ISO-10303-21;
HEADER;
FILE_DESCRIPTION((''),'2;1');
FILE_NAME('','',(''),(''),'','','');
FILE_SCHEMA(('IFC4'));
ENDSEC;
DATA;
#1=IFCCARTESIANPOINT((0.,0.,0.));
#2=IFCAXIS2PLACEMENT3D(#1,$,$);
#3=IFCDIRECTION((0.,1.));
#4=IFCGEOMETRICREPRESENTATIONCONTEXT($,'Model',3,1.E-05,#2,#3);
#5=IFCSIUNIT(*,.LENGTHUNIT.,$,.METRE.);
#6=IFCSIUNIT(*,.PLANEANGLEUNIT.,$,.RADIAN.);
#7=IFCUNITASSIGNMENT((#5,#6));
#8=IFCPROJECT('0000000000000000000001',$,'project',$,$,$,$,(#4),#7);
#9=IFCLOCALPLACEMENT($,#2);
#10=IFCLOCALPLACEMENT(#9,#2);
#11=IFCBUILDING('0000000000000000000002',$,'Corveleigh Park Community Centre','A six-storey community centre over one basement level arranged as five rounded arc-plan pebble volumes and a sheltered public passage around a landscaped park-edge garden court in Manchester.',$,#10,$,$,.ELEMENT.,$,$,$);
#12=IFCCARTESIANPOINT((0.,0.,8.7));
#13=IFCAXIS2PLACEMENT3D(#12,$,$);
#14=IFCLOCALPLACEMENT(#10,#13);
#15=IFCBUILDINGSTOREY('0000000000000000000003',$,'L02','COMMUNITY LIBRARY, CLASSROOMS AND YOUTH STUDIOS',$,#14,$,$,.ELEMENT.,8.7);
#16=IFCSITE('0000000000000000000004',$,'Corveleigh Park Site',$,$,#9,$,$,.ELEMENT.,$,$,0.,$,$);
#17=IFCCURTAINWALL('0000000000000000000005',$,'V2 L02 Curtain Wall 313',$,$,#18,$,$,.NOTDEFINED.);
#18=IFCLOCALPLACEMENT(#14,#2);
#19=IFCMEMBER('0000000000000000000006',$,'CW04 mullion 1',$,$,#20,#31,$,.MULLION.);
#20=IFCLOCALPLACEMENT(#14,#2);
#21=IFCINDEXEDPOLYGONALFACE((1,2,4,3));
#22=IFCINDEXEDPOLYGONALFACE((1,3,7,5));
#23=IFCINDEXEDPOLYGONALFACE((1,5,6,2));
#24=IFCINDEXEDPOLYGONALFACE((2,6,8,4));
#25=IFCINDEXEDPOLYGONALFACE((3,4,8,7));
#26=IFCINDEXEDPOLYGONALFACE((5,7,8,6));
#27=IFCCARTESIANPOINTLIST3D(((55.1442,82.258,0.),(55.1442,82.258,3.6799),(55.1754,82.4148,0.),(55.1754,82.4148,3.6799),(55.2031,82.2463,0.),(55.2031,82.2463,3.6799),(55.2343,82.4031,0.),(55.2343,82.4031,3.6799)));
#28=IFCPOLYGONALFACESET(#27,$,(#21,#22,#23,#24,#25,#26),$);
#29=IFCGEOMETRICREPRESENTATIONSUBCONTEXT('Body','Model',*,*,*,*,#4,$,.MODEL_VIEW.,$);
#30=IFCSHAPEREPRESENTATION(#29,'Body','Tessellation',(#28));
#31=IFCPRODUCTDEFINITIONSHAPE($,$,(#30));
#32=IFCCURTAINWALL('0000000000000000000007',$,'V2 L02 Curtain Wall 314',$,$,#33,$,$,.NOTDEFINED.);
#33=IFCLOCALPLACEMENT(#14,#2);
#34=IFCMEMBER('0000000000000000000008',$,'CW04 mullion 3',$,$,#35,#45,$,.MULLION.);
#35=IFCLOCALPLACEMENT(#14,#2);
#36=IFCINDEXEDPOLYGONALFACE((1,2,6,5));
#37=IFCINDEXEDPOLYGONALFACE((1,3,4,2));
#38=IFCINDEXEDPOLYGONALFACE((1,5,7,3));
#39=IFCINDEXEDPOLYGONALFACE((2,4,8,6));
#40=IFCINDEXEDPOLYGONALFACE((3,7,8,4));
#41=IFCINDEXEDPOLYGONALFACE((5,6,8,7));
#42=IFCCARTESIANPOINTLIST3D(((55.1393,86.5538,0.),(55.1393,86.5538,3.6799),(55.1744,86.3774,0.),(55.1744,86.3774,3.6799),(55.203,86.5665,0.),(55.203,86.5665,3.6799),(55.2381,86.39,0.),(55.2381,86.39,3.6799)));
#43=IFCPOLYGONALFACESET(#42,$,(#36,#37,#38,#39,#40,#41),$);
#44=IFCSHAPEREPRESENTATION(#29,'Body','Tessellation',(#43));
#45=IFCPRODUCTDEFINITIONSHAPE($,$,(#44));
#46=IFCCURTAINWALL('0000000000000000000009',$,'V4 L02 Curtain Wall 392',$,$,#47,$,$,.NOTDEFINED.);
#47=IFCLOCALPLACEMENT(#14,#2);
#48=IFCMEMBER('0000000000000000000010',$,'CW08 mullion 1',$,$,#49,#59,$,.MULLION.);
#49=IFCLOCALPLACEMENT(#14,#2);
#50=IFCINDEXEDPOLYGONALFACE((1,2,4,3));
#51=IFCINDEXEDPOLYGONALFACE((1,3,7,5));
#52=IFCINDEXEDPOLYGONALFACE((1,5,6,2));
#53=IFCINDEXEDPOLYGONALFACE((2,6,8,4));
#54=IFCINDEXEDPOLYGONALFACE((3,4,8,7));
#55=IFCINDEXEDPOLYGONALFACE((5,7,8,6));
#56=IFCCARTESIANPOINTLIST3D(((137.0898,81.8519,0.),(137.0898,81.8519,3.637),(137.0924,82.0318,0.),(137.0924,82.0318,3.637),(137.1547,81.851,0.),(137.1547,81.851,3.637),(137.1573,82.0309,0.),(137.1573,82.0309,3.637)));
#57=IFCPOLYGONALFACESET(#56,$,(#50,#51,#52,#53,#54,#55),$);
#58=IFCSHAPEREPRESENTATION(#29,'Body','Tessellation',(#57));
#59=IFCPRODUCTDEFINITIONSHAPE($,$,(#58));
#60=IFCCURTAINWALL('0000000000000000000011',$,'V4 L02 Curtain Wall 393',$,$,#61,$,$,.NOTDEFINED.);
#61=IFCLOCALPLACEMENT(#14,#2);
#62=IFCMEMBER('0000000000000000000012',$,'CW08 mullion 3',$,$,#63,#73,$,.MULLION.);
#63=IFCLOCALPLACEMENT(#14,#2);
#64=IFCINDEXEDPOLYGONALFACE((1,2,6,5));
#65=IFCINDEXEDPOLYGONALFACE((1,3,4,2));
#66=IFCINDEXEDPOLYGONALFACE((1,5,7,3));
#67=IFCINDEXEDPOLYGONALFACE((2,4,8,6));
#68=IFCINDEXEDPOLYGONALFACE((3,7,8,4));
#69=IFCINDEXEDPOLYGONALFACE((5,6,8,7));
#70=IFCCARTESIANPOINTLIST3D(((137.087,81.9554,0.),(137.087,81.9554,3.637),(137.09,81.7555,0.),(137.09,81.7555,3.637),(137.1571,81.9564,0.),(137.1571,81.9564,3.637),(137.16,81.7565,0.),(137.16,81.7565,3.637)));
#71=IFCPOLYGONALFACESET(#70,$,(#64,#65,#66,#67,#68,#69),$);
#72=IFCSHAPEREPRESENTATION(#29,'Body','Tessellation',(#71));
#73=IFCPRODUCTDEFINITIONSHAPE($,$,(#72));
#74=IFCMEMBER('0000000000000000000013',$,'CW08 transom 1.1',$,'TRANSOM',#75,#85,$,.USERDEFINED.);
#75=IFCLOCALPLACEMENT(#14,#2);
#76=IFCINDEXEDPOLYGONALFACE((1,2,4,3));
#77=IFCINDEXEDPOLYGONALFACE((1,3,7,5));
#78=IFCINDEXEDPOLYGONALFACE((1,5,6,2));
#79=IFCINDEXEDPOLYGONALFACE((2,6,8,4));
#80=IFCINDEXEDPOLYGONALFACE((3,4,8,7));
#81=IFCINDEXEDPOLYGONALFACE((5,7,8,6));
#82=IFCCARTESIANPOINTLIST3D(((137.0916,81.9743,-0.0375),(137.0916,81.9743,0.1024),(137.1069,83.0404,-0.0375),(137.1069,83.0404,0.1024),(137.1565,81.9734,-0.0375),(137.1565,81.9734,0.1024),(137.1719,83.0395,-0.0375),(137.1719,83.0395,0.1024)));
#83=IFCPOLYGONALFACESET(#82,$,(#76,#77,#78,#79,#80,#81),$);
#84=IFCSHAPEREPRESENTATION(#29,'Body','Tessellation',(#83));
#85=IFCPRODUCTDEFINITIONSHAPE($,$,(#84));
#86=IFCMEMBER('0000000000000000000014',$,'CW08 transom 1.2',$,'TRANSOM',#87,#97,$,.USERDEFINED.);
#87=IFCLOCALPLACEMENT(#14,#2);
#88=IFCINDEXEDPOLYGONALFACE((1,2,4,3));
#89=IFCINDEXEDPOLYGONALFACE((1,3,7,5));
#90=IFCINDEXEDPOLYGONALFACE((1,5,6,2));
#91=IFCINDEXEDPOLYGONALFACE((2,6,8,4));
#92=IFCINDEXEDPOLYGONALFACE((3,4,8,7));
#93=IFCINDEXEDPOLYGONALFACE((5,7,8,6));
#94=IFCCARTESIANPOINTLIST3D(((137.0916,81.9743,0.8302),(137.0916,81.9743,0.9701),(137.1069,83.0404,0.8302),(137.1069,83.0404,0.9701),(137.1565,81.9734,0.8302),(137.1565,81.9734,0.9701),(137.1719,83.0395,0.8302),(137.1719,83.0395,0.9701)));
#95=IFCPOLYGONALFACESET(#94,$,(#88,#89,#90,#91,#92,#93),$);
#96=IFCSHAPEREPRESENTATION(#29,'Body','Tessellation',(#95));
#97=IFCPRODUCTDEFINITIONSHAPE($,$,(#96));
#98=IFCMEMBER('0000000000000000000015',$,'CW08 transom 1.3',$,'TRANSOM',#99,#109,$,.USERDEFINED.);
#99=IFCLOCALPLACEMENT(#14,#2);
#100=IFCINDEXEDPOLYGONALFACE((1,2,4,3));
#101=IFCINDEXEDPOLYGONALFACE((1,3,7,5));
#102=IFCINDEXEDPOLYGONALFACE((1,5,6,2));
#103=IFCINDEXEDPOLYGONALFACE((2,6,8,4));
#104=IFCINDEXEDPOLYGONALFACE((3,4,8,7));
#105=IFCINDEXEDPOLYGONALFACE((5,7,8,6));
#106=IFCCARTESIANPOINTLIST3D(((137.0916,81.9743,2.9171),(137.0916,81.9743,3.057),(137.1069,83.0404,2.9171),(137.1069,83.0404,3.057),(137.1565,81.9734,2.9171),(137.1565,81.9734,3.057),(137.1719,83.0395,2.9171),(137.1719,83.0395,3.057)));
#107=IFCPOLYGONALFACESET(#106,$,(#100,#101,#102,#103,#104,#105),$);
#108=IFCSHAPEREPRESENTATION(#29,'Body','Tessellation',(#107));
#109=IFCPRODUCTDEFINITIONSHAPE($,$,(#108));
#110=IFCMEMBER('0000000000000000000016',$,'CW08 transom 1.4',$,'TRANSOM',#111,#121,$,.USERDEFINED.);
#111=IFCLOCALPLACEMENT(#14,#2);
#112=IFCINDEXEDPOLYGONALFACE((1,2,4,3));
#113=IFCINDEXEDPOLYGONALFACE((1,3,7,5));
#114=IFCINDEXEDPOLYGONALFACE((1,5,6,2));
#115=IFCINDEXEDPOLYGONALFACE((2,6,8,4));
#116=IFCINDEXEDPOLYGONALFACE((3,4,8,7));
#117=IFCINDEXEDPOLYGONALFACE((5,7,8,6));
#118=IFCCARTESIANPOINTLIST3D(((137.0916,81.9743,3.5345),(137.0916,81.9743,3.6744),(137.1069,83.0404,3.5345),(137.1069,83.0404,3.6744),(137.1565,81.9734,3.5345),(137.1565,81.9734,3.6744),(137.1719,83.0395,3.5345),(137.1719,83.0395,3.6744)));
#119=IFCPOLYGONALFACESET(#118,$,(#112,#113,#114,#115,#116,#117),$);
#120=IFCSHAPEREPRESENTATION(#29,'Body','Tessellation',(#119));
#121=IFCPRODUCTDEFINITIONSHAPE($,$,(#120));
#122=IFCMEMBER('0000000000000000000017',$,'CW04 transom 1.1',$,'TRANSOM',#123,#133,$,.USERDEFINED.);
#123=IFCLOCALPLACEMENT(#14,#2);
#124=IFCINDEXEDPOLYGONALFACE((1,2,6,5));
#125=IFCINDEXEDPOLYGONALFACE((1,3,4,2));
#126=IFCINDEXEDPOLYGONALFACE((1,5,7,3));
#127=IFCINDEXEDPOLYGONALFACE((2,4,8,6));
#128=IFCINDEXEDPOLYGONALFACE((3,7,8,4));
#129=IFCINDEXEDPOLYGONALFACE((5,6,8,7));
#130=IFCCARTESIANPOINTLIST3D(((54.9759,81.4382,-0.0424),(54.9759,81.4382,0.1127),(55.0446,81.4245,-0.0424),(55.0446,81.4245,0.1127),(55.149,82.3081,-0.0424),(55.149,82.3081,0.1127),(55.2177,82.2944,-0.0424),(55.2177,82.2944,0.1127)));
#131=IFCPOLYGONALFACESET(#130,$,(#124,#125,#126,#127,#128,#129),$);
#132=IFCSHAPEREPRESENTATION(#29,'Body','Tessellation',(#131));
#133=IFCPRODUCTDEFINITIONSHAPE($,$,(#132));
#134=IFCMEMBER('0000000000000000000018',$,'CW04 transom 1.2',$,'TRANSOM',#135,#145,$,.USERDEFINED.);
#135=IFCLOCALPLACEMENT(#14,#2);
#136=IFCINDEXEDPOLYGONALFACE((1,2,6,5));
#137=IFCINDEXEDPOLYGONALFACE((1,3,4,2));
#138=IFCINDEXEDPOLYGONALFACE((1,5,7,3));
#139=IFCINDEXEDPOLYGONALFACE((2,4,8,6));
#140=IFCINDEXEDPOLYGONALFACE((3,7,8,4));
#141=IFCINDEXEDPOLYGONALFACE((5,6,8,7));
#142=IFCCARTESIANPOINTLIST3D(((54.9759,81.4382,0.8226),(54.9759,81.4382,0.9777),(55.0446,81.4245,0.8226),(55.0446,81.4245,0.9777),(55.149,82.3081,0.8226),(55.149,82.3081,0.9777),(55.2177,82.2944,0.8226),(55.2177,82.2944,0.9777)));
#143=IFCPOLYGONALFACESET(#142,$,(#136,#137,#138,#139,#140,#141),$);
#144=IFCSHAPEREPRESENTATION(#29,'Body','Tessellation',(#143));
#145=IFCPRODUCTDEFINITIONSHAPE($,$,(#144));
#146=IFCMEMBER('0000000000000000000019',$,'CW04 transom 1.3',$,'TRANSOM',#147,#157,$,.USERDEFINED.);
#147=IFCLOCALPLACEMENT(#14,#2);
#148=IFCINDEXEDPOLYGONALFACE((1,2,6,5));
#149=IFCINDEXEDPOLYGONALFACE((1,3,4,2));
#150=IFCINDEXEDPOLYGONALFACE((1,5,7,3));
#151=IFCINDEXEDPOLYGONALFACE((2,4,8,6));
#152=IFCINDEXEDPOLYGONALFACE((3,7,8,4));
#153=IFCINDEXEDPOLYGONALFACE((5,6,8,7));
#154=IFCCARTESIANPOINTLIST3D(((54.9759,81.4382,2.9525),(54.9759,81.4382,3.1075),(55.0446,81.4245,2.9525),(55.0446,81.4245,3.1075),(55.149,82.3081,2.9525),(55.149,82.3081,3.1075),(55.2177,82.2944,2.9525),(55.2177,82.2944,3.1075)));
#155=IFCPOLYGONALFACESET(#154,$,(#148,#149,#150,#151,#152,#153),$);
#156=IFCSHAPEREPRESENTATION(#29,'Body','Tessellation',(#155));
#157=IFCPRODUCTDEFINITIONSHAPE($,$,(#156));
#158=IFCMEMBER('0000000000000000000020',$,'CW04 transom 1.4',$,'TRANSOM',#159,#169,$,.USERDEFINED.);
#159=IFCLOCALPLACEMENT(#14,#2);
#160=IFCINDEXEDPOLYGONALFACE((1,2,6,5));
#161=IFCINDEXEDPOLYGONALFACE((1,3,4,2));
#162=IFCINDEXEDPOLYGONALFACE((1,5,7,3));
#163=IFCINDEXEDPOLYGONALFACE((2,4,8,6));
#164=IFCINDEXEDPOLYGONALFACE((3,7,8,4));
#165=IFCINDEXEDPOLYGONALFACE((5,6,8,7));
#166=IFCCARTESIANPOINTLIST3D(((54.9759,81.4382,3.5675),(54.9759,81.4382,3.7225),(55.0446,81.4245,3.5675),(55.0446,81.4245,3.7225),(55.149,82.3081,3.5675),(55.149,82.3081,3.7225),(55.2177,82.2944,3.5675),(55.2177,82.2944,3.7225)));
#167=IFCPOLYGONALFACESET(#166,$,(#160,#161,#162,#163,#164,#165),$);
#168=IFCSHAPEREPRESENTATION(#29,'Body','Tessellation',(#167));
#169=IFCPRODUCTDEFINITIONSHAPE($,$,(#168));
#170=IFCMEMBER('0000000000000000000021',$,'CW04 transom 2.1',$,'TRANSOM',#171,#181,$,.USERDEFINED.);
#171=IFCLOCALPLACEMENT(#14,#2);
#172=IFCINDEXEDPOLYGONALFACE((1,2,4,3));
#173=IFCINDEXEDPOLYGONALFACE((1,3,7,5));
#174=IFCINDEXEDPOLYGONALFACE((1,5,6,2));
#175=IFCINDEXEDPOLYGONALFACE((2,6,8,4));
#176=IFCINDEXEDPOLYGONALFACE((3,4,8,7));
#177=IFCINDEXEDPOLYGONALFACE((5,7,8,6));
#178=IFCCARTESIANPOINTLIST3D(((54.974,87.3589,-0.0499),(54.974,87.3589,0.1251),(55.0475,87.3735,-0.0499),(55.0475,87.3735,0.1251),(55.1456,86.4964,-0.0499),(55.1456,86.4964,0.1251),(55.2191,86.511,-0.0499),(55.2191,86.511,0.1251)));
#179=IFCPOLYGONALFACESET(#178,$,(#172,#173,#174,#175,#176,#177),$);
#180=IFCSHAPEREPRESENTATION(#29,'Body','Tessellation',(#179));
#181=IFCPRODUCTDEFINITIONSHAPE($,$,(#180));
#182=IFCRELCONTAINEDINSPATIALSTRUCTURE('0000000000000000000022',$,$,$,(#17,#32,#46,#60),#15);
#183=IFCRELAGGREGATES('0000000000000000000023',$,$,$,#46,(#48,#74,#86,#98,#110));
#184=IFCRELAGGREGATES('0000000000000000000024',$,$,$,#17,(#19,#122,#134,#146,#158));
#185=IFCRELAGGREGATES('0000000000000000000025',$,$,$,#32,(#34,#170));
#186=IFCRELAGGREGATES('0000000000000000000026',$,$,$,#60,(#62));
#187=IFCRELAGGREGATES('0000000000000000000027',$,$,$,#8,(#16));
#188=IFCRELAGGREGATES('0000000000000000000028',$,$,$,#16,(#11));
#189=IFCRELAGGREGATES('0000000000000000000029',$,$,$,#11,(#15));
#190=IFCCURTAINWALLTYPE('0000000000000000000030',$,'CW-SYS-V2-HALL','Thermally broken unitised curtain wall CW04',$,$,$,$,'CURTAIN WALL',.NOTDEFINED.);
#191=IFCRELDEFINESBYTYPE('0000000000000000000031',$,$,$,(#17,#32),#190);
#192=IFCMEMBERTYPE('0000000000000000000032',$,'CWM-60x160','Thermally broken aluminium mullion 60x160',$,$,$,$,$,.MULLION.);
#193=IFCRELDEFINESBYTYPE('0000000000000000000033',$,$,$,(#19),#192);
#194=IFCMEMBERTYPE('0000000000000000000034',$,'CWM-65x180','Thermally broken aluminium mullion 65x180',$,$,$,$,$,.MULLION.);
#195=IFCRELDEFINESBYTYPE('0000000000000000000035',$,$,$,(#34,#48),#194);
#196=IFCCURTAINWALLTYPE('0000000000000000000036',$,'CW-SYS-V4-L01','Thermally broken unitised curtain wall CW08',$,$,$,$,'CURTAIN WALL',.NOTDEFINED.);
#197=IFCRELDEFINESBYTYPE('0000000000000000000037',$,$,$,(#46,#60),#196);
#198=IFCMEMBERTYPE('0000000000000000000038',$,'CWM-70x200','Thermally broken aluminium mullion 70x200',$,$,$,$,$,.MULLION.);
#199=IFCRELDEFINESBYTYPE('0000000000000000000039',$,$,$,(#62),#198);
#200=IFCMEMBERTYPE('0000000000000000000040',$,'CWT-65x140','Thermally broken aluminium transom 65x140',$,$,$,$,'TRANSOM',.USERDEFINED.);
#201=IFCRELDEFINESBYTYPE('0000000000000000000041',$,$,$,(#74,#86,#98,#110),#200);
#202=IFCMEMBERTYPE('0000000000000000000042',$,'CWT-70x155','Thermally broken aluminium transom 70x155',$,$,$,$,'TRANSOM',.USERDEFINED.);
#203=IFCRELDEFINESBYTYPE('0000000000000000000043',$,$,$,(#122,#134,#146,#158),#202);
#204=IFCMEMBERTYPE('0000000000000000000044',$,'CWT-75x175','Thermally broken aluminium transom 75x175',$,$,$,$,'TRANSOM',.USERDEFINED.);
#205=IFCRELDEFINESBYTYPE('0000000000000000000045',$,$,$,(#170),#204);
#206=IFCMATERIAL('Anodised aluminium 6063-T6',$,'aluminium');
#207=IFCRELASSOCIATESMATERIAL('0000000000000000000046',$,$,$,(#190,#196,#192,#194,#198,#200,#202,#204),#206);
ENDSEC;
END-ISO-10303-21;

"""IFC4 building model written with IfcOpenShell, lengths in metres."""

from ifc_helpers import new_model, si_unit, direction, frame, origin, origin_2d, place, context, subcontext, project, spatial, rectangle, extrude, material, material_profile, profile_set, type_object, element, aggregate, save


model = new_model("IFC4")

# Units and contexts
model_context = context("Model", 3, precision=1e-05, world=origin(), true_north=direction((0.0, 1.0)))
body_context = subcontext(model_context, "Body", "Model", "MODEL_VIEW")
ifc_project = project(units=[si_unit("LENGTHUNIT", "METRE"), si_unit("PLANEANGLEUNIT", "RADIAN")], contexts=[model_context])

# Site, building, storey
site_placement = place(None, origin())
site = spatial("IfcSite", under=ifc_project, at=site_placement, Name="Corveleigh Park Site", CompositionType="ELEMENT", RefElevation=0.0)
building_placement = place(site_placement, origin())
building = spatial("IfcBuilding", under=site, at=building_placement, Name="Corveleigh Park Community Centre", Description="A six-storey community centre over one basement level arranged as five rounded arc-plan pebble volumes and a sheltered public passage around a landscaped park-edge garden court in Manchester.", CompositionType="ELEMENT")
storey_placement = place(building_placement, frame((0.0, 0.0, 8.7)))
storey = spatial("IfcBuildingStorey", under=building, at=storey_placement, Name="L02", Description="COMMUNITY LIBRARY, CLASSROOMS AND YOUTH STUDIOS", CompositionType="ELEMENT", Elevation=8.7)

# Curtain walls, members
ifc_material_1 = material(Name="Anodised aluminium 6063-T6", Category="aluminium")
curtain_wall_type_1 = type_object("IfcCurtainWallType", Name="CW-SYS-V2-HALL", Description="Thermally broken unitised curtain wall CW04", ElementType="CURTAIN WALL", PredefinedType="NOTDEFINED", material=ifc_material_1)
curtain_wall_1_placement = place(storey_placement, origin())
curtain_wall_1 = element("IfcCurtainWall", 1, at=curtain_wall_1_placement, inside=storey, type_object=curtain_wall_type_1, Name="V2 L02 Curtain Wall 313", PredefinedType="NOTDEFINED")
ifc_material_profile_1 = material_profile(ifc_material_1, rectangle(XDim=0.0601, YDim=0.1599, at=origin_2d()), Name="ALU-M60x160", Category="aluminium")
ifc_profile_set_1 = profile_set([ifc_material_profile_1], Name="Anodised aluminium 6063-T6")
member_type_1 = type_object("IfcMemberType", Name="CWM-60x160", Description="Thermally broken aluminium mullion 60x160", PredefinedType="MULLION", material=ifc_profile_set_1)
member_1_placement = place(storey_placement, frame((55.1892, 82.3306, 0.0), z_axis=(0.0, 0.0, 1.0), x_axis=(0.980797, -0.195033, 0.0)))
member_1 = element("IfcMember", 2, at=member_1_placement, type_object=member_type_1, Name="CW04 mullion 1", PredefinedType="MULLION", context=body_context, shape_type="SweptSolid", body=[
    extrude(rectangle(XDim=0.0601, YDim=0.1599, at=origin_2d()), origin(), (0.0, 0.0, 1.0), 3.6799),
])
curtain_wall_2_placement = place(storey_placement, origin())
curtain_wall_2 = element("IfcCurtainWall", 3, at=curtain_wall_2_placement, inside=storey, type_object=curtain_wall_type_1, Name="V2 L02 Curtain Wall 314", PredefinedType="NOTDEFINED")
ifc_material_profile_2 = material_profile(ifc_material_1, rectangle(XDim=0.0649, YDim=0.1799, at=origin_2d()), Name="ALU-M65x180", Category="aluminium")
ifc_profile_set_2 = profile_set([ifc_material_profile_2], Name="Anodised aluminium 6063-T6")
member_type_2 = type_object("IfcMemberType", Name="CWM-65x180", Description="Thermally broken aluminium mullion 65x180", PredefinedType="MULLION", material=ifc_profile_set_2)
member_2_placement = place(storey_placement, frame((55.1887, 86.4719, 0.0), z_axis=(0.0, 0.0, 1.0), x_axis=(0.980797, 0.195033, 0.0)))
member_2 = element("IfcMember", 4, at=member_2_placement, type_object=member_type_2, Name="CW04 mullion 3", PredefinedType="MULLION", context=body_context, shape_type="SweptSolid", body=[
    extrude(rectangle(XDim=0.0649, YDim=0.1799, at=origin_2d()), origin(), (0.0, 0.0, 1.0), 3.6799),
])
curtain_wall_type_2 = type_object("IfcCurtainWallType", Name="CW-SYS-V4-L01", Description="Thermally broken unitised curtain wall CW08", ElementType="CURTAIN WALL", PredefinedType="NOTDEFINED", material=ifc_material_1)
curtain_wall_3_placement = place(storey_placement, origin())
curtain_wall_3 = element("IfcCurtainWall", 5, at=curtain_wall_3_placement, inside=storey, type_object=curtain_wall_type_2, Name="V4 L02 Curtain Wall 392", PredefinedType="NOTDEFINED")
member_3_placement = place(storey_placement, frame((137.1235, 81.9414, 0.0), z_axis=(0.0, 0.0, 1.0), x_axis=(-0.999893, 0.01461, 0.0)))
member_3 = element("IfcMember", 6, at=member_3_placement, type_object=member_type_2, Name="CW08 mullion 1", PredefinedType="MULLION", context=body_context, shape_type="SweptSolid", body=[
    extrude(rectangle(XDim=0.0649, YDim=0.1799, at=origin_2d()), origin(), (0.0, 0.0, 1.0), 3.637),
])
curtain_wall_4_placement = place(storey_placement, origin())
curtain_wall_4 = element("IfcCurtainWall", 7, at=curtain_wall_4_placement, inside=storey, type_object=curtain_wall_type_2, Name="V4 L02 Curtain Wall 393", PredefinedType="NOTDEFINED")
ifc_material_profile_3 = material_profile(ifc_material_1, rectangle(XDim=0.0701, YDim=0.2, at=origin_2d()), Name="ALU-M70x200", Category="aluminium")
ifc_profile_set_3 = profile_set([ifc_material_profile_3], Name="Anodised aluminium 6063-T6")
member_type_3 = type_object("IfcMemberType", Name="CWM-70x200", Description="Thermally broken aluminium mullion 70x200", PredefinedType="MULLION", material=ifc_profile_set_3)
member_4_placement = place(storey_placement, frame((137.1235, 81.856, 0.0), z_axis=(0.0, 0.0, 1.0), x_axis=(-0.999893, -0.01461, 0.0)))
member_4 = element("IfcMember", 8, at=member_4_placement, type_object=member_type_3, Name="CW08 mullion 3", PredefinedType="MULLION", context=body_context, shape_type="SweptSolid", body=[
    extrude(rectangle(XDim=0.0701, YDim=0.2, at=origin_2d()), origin(), (0.0, 0.0, 1.0), 3.637),
])

# Members
ifc_material_profile_4 = material_profile(ifc_material_1, rectangle(XDim=0.0649, YDim=0.1399, at=origin_2d()), Name="ALU-T65x140", Category="aluminium")
ifc_profile_set_4 = profile_set([ifc_material_profile_4], Name="Anodised aluminium 6063-T6")
member_type_4 = type_object("IfcMemberType", Name="CWT-65x140", Description="Thermally broken aluminium transom 65x140", ElementType="TRANSOM", PredefinedType="USERDEFINED", material=ifc_profile_set_4)
member_5_placement = place(storey_placement, frame((137.124, 81.9739, 0.0325), z_axis=(0.014425, 0.999896, 0.0), x_axis=(-0.999896, 0.014425, 0.0)))
member_5 = element("IfcMember", 9, at=member_5_placement, type_object=member_type_4, Name="CW08 transom 1.1", ObjectType="TRANSOM", PredefinedType="USERDEFINED", context=body_context, shape_type="SweptSolid", body=[
    extrude(rectangle(XDim=0.0649, YDim=0.1399, at=origin_2d()), origin(), (0.0, 0.0, 1.0), 1.0662),
])
member_6_placement = place(storey_placement, frame((137.124, 81.9739, 0.9001), z_axis=(0.014425, 0.999896, 0.0), x_axis=(-0.999896, 0.014425, 0.0)))
member_6 = element("IfcMember", 10, at=member_6_placement, type_object=member_type_4, Name="CW08 transom 1.2", ObjectType="TRANSOM", PredefinedType="USERDEFINED", context=body_context, shape_type="SweptSolid", body=[
    extrude(rectangle(XDim=0.0649, YDim=0.1399, at=origin_2d()), origin(), (0.0, 0.0, 1.0), 1.0662),
])
member_7_placement = place(storey_placement, frame((137.124, 81.9739, 2.9871), z_axis=(0.014425, 0.999896, 0.0), x_axis=(-0.999896, 0.014425, 0.0)))
member_7 = element("IfcMember", 11, at=member_7_placement, type_object=member_type_4, Name="CW08 transom 1.3", ObjectType="TRANSOM", PredefinedType="USERDEFINED", context=body_context, shape_type="SweptSolid", body=[
    extrude(rectangle(XDim=0.0649, YDim=0.1399, at=origin_2d()), origin(), (0.0, 0.0, 1.0), 1.0662),
])
member_8_placement = place(storey_placement, frame((137.124, 81.9739, 3.6045), z_axis=(0.014425, 0.999896, 0.0), x_axis=(-0.999896, 0.014425, 0.0)))
member_8 = element("IfcMember", 12, at=member_8_placement, type_object=member_type_4, Name="CW08 transom 1.4", ObjectType="TRANSOM", PredefinedType="USERDEFINED", context=body_context, shape_type="SweptSolid", body=[
    extrude(rectangle(XDim=0.0649, YDim=0.1399, at=origin_2d()), origin(), (0.0, 0.0, 1.0), 1.0662),
])
aggregate(curtain_wall_3, [member_3, member_5, member_6, member_7, member_8])
ifc_material_profile_5 = material_profile(ifc_material_1, rectangle(XDim=0.0701, YDim=0.155, at=origin_2d()), Name="ALU-T70x155", Category="aluminium")
ifc_profile_set_5 = profile_set([ifc_material_profile_5], Name="Anodised aluminium 6063-T6")
member_type_5 = type_object("IfcMemberType", Name="CWT-70x155", Description="Thermally broken aluminium transom 70x155", ElementType="TRANSOM", PredefinedType="USERDEFINED", material=ifc_profile_set_5)
member_9_placement = place(storey_placement, frame((55.1833, 82.3013, 0.0352), z_axis=(-0.195163, -0.980771, 0.0), x_axis=(0.980771, -0.195163, 0.0)))
member_9 = element("IfcMember", 13, at=member_9_placement, type_object=member_type_5, Name="CW04 transom 1.1", ObjectType="TRANSOM", PredefinedType="USERDEFINED", context=body_context, shape_type="SweptSolid", body=[
    extrude(rectangle(XDim=0.0701, YDim=0.155, at=origin_2d()), origin(), (0.0, 0.0, 1.0), 0.887),
])
member_10_placement = place(storey_placement, frame((55.1833, 82.3013, 0.9001), z_axis=(-0.195163, -0.980771, 0.0), x_axis=(0.980771, -0.195163, 0.0)))
member_10 = element("IfcMember", 14, at=member_10_placement, type_object=member_type_5, Name="CW04 transom 1.2", ObjectType="TRANSOM", PredefinedType="USERDEFINED", context=body_context, shape_type="SweptSolid", body=[
    extrude(rectangle(XDim=0.0701, YDim=0.155, at=origin_2d()), origin(), (0.0, 0.0, 1.0), 0.887),
])
member_11_placement = place(storey_placement, frame((55.1833, 82.3013, 3.03), z_axis=(-0.195163, -0.980771, 0.0), x_axis=(0.980771, -0.195163, 0.0)))
member_11 = element("IfcMember", 15, at=member_11_placement, type_object=member_type_5, Name="CW04 transom 1.3", ObjectType="TRANSOM", PredefinedType="USERDEFINED", context=body_context, shape_type="SweptSolid", body=[
    extrude(rectangle(XDim=0.0701, YDim=0.155, at=origin_2d()), origin(), (0.0, 0.0, 1.0), 0.887),
])
member_12_placement = place(storey_placement, frame((55.1833, 82.3013, 3.645), z_axis=(-0.195163, -0.980771, 0.0), x_axis=(0.980771, -0.195163, 0.0)))
member_12 = element("IfcMember", 16, at=member_12_placement, type_object=member_type_5, Name="CW04 transom 1.4", ObjectType="TRANSOM", PredefinedType="USERDEFINED", context=body_context, shape_type="SweptSolid", body=[
    extrude(rectangle(XDim=0.0701, YDim=0.155, at=origin_2d()), origin(), (0.0, 0.0, 1.0), 0.887),
])
ifc_material_profile_6 = material_profile(ifc_material_1, rectangle(XDim=0.075, YDim=0.175, at=origin_2d()), Name="ALU-T75x175", Category="aluminium")
ifc_profile_set_6 = profile_set([ifc_material_profile_6], Name="Anodised aluminium 6063-T6")
member_type_6 = type_object("IfcMemberType", Name="CWT-75x175", Description="Thermally broken aluminium transom 75x175", ElementType="TRANSOM", PredefinedType="USERDEFINED", material=ifc_profile_set_6)
member_13_placement = place(storey_placement, frame((55.0107, 87.3662, 0.0376), z_axis=(0.195155, -0.980772, 0.0), x_axis=(0.980772, 0.195155, 0.0)))
member_13 = element("IfcMember", 17, at=member_13_placement, type_object=member_type_6, Name="CW04 transom 2.1", ObjectType="TRANSOM", PredefinedType="USERDEFINED", context=body_context, shape_type="SweptSolid", body=[
    extrude(rectangle(XDim=0.075, YDim=0.175, at=origin_2d()), origin(), (0.0, 0.0, 1.0), 0.8794),
])

aggregate(curtain_wall_1, [member_1, member_9, member_10, member_11, member_12])
aggregate(curtain_wall_2, [member_2, member_13])
aggregate(curtain_wall_4, [member_4])

save(model, "model.ifc")
